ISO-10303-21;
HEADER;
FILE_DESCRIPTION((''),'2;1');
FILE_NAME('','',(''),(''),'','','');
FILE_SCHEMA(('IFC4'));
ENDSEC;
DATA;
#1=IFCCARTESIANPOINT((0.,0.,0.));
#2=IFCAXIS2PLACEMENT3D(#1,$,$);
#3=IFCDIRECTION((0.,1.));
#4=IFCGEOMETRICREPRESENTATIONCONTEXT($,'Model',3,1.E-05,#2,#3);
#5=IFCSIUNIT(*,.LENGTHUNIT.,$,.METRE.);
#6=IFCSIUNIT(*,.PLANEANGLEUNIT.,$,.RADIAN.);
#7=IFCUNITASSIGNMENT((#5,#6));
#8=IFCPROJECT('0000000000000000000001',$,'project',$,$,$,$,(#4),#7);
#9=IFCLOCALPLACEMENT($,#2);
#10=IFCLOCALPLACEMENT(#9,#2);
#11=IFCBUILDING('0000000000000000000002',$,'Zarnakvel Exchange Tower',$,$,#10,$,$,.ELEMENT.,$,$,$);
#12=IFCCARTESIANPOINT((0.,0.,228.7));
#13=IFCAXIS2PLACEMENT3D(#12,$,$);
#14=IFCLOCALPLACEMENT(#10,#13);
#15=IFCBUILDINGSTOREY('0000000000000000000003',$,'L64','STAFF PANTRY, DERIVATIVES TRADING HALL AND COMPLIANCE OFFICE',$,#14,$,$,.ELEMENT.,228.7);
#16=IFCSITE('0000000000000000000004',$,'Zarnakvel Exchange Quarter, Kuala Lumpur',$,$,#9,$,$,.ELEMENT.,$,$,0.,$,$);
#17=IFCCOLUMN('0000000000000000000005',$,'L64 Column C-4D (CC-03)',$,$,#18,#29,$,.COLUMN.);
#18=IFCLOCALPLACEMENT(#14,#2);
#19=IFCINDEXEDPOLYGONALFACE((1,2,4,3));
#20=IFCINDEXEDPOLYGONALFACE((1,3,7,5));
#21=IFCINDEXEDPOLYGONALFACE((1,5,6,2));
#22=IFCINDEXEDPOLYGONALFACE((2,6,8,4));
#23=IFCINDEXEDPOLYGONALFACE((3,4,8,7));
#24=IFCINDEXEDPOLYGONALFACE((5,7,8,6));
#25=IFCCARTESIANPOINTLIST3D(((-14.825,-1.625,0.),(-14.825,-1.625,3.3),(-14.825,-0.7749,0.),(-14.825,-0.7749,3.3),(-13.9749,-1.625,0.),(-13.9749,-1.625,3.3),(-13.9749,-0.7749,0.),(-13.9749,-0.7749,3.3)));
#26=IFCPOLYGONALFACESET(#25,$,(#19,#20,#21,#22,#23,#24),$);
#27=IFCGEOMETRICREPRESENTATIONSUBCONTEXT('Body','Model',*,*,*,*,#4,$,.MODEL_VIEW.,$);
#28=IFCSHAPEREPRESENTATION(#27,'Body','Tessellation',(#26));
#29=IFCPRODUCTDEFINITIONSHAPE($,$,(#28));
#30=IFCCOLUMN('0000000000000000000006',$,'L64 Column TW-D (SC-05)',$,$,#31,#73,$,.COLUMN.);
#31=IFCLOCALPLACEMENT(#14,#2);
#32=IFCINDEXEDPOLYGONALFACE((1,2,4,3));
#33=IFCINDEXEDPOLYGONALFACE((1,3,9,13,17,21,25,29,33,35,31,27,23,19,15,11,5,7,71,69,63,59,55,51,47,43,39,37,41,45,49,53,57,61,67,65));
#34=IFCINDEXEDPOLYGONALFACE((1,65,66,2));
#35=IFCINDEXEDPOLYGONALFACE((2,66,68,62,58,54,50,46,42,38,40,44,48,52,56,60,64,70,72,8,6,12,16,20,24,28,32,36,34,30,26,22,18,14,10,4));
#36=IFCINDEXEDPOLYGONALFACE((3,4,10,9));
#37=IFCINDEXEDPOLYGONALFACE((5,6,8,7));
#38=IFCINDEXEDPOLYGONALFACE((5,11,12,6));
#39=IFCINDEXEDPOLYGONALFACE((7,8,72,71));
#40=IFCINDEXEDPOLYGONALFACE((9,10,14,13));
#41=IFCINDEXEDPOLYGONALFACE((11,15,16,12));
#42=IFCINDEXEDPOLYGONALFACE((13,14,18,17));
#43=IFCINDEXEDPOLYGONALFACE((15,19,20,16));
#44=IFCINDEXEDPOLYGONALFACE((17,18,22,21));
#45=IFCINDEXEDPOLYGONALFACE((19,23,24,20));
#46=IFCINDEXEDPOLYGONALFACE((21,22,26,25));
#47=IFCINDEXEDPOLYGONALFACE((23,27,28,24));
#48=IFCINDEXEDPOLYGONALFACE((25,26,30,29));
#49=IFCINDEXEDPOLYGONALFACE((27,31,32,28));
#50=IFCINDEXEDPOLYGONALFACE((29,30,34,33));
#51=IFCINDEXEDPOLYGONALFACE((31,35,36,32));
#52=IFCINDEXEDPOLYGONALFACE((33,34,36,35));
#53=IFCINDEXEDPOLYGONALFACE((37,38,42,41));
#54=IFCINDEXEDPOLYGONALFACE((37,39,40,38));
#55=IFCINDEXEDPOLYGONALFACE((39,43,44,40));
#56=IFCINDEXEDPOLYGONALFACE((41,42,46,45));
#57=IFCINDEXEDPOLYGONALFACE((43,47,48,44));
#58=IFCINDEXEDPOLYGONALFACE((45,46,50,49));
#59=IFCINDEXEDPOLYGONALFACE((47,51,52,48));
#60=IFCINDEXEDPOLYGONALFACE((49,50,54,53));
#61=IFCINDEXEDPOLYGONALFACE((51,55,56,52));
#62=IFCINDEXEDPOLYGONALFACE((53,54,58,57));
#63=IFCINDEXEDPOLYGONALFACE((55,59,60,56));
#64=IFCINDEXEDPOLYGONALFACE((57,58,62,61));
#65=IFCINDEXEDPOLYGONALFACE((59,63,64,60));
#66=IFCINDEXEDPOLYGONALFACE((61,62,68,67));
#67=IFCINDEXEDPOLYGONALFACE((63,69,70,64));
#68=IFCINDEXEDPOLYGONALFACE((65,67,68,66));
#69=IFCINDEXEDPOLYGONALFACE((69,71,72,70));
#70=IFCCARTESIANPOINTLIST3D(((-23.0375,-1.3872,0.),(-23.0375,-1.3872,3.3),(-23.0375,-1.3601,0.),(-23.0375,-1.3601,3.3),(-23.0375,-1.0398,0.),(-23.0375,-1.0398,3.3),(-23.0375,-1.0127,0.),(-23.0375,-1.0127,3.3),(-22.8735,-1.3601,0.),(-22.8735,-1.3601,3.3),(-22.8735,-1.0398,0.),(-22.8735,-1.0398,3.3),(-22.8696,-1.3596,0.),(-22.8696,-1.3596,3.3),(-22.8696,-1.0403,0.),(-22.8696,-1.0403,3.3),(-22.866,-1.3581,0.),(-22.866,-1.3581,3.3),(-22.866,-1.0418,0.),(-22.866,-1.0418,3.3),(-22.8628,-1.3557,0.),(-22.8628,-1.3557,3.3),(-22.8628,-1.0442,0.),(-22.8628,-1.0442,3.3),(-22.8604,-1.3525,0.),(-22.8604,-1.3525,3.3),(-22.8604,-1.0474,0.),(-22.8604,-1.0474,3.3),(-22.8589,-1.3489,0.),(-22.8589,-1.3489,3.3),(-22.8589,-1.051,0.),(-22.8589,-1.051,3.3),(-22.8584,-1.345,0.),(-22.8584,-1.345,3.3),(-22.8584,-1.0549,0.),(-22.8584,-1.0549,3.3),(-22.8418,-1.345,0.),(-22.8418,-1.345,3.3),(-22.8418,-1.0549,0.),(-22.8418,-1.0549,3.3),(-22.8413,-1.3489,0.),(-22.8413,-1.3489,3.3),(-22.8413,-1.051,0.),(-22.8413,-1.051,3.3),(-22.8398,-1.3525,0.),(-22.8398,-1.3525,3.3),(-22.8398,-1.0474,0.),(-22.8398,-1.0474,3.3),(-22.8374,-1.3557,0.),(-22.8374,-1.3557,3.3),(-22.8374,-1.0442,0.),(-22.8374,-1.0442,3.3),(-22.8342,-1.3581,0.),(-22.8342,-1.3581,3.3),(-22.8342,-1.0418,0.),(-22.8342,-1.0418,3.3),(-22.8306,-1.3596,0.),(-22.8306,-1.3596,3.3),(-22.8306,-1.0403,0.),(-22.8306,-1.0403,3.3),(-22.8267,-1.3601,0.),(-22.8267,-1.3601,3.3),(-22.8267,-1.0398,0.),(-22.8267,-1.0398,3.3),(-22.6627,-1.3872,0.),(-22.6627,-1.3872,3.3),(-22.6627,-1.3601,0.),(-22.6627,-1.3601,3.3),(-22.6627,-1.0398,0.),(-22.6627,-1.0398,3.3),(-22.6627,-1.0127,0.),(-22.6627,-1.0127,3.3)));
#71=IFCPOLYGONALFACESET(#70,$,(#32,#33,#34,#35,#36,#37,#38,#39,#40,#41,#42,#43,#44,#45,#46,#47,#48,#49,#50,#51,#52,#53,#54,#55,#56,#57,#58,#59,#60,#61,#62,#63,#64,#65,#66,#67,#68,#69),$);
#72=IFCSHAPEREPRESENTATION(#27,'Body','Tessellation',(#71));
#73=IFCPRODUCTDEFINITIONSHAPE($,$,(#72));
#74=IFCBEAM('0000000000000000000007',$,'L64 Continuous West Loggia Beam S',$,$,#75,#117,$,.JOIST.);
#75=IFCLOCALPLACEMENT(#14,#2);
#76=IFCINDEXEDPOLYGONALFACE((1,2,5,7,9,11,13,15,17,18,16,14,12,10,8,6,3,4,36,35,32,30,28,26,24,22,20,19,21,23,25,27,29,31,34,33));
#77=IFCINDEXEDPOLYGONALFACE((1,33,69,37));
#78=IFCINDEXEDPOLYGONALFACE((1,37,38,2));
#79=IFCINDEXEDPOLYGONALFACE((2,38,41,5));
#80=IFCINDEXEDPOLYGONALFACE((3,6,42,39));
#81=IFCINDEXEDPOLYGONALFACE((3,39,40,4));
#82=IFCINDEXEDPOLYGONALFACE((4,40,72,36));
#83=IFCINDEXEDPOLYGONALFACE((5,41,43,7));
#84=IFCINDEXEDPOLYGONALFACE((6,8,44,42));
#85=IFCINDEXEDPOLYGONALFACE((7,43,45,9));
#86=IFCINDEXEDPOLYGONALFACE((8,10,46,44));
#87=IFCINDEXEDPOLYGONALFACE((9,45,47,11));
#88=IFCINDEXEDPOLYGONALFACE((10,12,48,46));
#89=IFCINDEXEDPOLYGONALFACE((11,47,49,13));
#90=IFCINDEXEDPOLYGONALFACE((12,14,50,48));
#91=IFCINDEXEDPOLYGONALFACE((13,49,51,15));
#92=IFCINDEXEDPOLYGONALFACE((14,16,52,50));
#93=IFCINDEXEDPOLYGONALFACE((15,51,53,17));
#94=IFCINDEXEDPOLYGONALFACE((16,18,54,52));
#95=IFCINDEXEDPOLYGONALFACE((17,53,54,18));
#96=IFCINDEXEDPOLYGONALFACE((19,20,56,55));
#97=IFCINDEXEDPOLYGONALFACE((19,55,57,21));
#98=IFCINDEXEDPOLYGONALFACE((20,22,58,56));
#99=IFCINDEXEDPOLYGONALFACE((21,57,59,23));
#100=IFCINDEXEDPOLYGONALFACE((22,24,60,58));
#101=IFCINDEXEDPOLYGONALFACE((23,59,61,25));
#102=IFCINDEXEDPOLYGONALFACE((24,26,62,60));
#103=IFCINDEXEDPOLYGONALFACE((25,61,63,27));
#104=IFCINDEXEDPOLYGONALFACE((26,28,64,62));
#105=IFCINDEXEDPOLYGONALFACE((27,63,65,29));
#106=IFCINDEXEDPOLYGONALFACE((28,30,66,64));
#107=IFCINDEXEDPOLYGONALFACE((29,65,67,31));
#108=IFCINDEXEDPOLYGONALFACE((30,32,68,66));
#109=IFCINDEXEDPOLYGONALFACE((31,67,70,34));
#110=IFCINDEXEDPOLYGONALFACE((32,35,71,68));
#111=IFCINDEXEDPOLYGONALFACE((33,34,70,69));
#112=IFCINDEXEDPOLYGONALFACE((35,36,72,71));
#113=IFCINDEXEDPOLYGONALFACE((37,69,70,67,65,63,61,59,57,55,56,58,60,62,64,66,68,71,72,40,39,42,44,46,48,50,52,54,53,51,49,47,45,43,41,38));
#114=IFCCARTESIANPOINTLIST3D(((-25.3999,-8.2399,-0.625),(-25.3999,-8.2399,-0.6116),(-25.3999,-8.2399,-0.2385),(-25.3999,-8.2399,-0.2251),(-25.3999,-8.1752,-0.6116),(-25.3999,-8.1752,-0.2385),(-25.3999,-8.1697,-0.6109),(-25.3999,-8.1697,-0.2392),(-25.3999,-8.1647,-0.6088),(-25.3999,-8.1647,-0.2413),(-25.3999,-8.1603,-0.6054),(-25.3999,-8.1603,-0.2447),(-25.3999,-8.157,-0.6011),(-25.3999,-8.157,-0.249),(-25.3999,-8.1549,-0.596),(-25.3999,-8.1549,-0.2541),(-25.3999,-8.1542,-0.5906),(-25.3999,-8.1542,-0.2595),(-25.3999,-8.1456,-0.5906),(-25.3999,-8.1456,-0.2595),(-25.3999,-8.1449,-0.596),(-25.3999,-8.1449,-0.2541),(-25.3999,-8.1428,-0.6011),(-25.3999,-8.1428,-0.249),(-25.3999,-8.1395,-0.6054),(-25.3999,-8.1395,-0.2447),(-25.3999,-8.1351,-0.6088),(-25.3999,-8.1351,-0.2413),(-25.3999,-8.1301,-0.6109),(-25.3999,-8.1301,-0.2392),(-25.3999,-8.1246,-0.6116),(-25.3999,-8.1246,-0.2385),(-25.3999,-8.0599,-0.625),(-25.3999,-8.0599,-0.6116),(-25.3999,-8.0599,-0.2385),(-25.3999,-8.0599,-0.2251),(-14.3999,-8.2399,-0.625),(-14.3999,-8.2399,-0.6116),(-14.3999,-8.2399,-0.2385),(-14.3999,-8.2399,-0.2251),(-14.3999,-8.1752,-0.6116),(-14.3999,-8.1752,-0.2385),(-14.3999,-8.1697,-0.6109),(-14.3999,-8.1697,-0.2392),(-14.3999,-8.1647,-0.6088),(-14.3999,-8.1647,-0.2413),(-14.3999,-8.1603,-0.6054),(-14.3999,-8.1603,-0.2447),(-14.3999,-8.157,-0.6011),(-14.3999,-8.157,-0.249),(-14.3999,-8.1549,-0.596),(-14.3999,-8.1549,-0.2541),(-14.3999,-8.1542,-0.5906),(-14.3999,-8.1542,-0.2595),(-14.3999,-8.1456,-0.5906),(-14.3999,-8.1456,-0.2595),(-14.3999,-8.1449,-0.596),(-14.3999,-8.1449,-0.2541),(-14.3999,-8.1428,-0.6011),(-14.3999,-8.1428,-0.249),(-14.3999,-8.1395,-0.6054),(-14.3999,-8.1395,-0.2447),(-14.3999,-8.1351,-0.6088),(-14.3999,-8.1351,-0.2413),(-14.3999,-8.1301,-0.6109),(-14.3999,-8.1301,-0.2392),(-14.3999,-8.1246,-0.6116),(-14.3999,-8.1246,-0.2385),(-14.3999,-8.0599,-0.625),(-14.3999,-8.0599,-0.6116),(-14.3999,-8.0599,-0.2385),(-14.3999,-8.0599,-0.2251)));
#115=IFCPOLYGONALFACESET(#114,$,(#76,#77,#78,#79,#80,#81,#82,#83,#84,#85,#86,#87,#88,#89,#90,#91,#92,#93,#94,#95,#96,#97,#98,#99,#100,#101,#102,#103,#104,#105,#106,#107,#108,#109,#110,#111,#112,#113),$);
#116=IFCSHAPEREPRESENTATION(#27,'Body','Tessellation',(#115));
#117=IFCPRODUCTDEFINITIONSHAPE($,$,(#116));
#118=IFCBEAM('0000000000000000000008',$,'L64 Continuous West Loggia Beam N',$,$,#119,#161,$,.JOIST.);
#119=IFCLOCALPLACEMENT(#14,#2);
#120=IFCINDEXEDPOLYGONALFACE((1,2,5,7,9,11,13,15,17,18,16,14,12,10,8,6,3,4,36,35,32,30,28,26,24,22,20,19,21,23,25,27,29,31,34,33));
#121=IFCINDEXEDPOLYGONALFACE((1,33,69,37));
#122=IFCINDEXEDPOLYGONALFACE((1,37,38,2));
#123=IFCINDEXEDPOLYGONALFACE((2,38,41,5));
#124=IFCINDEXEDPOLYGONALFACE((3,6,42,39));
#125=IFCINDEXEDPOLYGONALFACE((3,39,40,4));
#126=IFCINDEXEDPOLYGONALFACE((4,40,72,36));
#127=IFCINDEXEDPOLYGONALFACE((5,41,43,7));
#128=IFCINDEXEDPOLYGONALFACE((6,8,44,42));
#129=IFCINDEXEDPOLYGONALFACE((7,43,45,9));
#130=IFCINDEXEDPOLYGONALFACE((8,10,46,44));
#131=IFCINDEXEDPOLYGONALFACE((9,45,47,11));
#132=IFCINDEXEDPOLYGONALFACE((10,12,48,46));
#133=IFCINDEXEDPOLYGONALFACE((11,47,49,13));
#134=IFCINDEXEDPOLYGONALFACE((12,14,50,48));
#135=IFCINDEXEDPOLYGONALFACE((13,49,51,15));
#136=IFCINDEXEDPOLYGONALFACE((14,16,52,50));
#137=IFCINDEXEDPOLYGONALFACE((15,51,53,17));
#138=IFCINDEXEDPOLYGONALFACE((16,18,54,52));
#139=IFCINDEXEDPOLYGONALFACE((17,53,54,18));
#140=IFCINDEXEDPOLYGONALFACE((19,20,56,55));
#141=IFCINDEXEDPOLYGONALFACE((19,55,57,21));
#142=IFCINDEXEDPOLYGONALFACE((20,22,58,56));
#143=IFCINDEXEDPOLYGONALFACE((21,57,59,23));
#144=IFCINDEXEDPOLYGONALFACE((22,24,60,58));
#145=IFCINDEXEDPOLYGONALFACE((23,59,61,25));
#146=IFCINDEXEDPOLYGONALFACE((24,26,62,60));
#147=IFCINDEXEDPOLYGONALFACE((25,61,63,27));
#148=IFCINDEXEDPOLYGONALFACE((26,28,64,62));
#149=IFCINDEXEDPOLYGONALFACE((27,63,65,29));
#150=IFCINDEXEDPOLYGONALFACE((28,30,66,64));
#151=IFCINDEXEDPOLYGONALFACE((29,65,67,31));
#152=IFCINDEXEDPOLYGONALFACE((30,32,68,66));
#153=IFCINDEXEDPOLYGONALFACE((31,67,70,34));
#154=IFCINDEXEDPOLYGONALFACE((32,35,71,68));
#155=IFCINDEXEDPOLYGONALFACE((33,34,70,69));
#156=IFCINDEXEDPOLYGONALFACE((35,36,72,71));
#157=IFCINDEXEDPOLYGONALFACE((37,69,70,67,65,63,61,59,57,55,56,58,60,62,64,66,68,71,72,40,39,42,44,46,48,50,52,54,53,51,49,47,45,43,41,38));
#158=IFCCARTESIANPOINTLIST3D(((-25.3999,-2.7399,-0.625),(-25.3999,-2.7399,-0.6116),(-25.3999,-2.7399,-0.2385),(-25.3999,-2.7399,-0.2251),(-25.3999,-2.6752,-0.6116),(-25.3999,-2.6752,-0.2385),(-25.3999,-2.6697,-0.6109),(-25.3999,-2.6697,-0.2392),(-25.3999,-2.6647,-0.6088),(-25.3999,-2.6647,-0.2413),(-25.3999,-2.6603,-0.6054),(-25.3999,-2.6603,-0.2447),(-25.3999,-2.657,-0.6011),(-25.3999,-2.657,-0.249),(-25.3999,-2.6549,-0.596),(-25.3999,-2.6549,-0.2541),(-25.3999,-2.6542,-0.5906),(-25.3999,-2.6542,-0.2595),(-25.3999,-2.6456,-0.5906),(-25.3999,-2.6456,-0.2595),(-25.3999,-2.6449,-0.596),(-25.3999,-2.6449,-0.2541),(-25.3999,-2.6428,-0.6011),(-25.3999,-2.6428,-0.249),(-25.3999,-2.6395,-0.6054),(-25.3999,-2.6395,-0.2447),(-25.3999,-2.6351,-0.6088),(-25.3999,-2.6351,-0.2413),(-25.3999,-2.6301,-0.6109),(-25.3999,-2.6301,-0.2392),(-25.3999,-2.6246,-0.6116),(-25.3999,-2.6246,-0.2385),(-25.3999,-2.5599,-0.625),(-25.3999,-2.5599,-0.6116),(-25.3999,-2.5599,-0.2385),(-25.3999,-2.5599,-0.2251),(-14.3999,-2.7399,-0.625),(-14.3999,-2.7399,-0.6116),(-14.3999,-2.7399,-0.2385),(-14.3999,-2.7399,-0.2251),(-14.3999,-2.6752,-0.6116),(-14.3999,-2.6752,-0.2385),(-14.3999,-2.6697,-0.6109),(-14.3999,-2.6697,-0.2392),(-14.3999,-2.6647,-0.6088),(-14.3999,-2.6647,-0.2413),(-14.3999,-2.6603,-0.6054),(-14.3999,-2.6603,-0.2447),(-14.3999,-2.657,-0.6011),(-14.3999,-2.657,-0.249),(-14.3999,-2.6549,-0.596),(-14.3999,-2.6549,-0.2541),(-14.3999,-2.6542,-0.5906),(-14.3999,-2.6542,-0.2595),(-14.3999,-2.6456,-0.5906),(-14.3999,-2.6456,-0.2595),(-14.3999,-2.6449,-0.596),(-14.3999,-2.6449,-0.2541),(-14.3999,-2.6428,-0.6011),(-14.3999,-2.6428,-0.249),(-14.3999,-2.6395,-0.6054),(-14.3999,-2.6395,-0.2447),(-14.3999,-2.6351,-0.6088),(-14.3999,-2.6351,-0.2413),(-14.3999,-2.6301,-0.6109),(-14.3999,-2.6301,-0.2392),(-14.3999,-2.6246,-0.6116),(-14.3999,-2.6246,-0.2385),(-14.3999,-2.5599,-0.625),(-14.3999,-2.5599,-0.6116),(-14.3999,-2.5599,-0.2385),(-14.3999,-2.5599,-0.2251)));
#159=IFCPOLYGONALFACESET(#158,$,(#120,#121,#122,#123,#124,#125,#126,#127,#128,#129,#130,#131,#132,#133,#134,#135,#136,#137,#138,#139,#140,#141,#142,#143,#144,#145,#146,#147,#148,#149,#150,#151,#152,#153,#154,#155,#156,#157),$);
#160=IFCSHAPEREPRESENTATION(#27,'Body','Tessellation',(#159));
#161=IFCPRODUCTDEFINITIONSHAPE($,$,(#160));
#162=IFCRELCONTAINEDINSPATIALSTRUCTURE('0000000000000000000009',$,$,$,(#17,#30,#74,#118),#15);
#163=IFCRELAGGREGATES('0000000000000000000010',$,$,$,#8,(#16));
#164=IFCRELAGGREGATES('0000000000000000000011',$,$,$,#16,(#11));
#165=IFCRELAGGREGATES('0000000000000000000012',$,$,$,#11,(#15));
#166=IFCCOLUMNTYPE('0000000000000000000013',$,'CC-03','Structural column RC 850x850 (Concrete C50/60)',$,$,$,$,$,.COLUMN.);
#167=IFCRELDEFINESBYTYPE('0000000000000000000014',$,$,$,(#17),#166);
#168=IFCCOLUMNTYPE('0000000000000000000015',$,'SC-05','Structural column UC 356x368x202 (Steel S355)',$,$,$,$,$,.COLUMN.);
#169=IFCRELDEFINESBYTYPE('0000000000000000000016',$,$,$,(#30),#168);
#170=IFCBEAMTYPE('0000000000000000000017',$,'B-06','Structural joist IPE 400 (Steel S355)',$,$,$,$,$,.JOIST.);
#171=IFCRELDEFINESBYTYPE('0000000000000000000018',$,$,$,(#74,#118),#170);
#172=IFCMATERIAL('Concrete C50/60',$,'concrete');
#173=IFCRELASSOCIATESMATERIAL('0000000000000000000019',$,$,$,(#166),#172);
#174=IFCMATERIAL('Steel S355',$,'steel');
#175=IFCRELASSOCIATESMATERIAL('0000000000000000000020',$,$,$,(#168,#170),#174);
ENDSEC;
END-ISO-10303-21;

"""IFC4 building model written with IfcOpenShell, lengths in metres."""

from ifc_helpers import new_model, si_unit, direction, frame, origin, origin_2d, place, context, subcontext, project, spatial, rectangle, i_section, extrude, material, material_profile, profile_set, type_object, element, save


model = new_model("IFC4")

# Units and contexts
model_context = context("Model", 3, precision=1e-05, world=origin(), true_north=direction((0.0, 1.0)))
body_context = subcontext(model_context, "Body", "Model", "MODEL_VIEW")
ifc_project = project(units=[si_unit("LENGTHUNIT", "METRE"), si_unit("PLANEANGLEUNIT", "RADIAN")], contexts=[model_context])

# Site, building, storey
site_placement = place(None, origin())
site = spatial("IfcSite", under=ifc_project, at=site_placement, Name="Zarnakvel Exchange Quarter, Kuala Lumpur", CompositionType="ELEMENT", RefElevation=0.0)
building_placement = place(site_placement, origin())
building = spatial("IfcBuilding", under=site, at=building_placement, Name="Zarnakvel Exchange Tower", CompositionType="ELEMENT")
storey_placement = place(building_placement, frame((0.0, 0.0, 228.7)))
storey = spatial("IfcBuildingStorey", under=building, at=storey_placement, Name="L64", Description="STAFF PANTRY, DERIVATIVES TRADING HALL AND COMPLIANCE OFFICE", CompositionType="ELEMENT", Elevation=228.7)

# Columns
ifc_material_1 = material(Name="Concrete C50/60", Category="concrete")
ifc_material_profile_1 = material_profile(ifc_material_1, rectangle(XDim=0.8501, YDim=0.8501, at=origin_2d()))
ifc_profile_set_1 = profile_set([ifc_material_profile_1], Name="Concrete C50/60")
column_type_1 = type_object("IfcColumnType", Name="CC-03", Description="Structural column RC 850x850 (Concrete C50/60)", PredefinedType="COLUMN", material=ifc_profile_set_1)
column_1_placement = place(storey_placement, frame((-14.3999, -1.2, 0.0), z_axis=(0.0, 0.0, 1.0), x_axis=(1.0, 0.0, 0.0)))
element("IfcColumn", 1, at=column_1_placement, inside=storey, type_object=column_type_1, Name="L64 Column C-4D (CC-03)", PredefinedType="COLUMN", context=body_context, shape_type="SweptSolid", body=[
    extrude(rectangle(XDim=0.8501, YDim=0.8501, at=origin_2d()), origin(), (0.0, 0.0, 1.0), 3.3),
])
ifc_material_2 = material(Name="Steel S355", Category="steel")
ifc_material_profile_2 = material_profile(ifc_material_2, i_section(OverallWidth=0.3748, OverallDepth=0.3745, WebThickness=0.0166, FlangeThickness=0.0271, FilletRadius=0.0151, at=origin_2d()))
ifc_profile_set_2 = profile_set([ifc_material_profile_2], Name="Steel S355")
column_type_2 = type_object("IfcColumnType", Name="SC-05", Description="Structural column UC 356x368x202 (Steel S355)", PredefinedType="COLUMN", material=ifc_profile_set_2)
column_2_placement = place(storey_placement, frame((-22.8501, -1.2, 0.0), z_axis=(0.0, 0.0, 1.0), x_axis=(1.0, 0.0, 0.0)))
element("IfcColumn", 2, at=column_2_placement, inside=storey, type_object=column_type_2, Name="L64 Column TW-D (SC-05)", PredefinedType="COLUMN", context=body_context, shape_type="SweptSolid", body=[
    extrude(i_section(OverallWidth=0.3748, OverallDepth=0.3745, WebThickness=0.0166, FlangeThickness=0.0271, FilletRadius=0.0151, at=origin_2d()), origin(), (0.0, 0.0, 1.0), 3.3),
])

# Beams
ifc_material_profile_3 = material_profile(ifc_material_2, i_section(OverallWidth=0.1799, OverallDepth=0.3999, WebThickness=0.0085, FlangeThickness=0.0134, FilletRadius=0.021, at=origin_2d()))
ifc_profile_set_3 = profile_set([ifc_material_profile_3], Name="Steel S355")
beam_type_1 = type_object("IfcBeamType", Name="B-06", Description="Structural joist IPE 400 (Steel S355)", PredefinedType="JOIST", material=ifc_profile_set_3)
for number, where, z_axis, x_axis, name in (
    (3, (-14.3999, -8.1499, -0.425), (-1.0, 0.0, 0.0), (0.0, -1.0, 0.0), "L64 Continuous West Loggia Beam S"),
    (4, (-14.3999, -2.6499, -0.425), (-1.0, 0.0, 0.0), (0.0, -1.0, 0.0), "L64 Continuous West Loggia Beam N"),
):
    element("IfcBeam", number, at=place(storey_placement, frame(where, z_axis=z_axis, x_axis=x_axis)), inside=storey, type_object=beam_type_1, Name=name, PredefinedType="JOIST", context=body_context, shape_type="SweptSolid", body=[
        extrude(i_section(OverallWidth=0.1799, OverallDepth=0.3999, WebThickness=0.0085, FlangeThickness=0.0134, FilletRadius=0.021, at=origin_2d()), origin(), (0.0, 0.0, 1.0), 11.0),
    ])

save(model, "model.ifc")
